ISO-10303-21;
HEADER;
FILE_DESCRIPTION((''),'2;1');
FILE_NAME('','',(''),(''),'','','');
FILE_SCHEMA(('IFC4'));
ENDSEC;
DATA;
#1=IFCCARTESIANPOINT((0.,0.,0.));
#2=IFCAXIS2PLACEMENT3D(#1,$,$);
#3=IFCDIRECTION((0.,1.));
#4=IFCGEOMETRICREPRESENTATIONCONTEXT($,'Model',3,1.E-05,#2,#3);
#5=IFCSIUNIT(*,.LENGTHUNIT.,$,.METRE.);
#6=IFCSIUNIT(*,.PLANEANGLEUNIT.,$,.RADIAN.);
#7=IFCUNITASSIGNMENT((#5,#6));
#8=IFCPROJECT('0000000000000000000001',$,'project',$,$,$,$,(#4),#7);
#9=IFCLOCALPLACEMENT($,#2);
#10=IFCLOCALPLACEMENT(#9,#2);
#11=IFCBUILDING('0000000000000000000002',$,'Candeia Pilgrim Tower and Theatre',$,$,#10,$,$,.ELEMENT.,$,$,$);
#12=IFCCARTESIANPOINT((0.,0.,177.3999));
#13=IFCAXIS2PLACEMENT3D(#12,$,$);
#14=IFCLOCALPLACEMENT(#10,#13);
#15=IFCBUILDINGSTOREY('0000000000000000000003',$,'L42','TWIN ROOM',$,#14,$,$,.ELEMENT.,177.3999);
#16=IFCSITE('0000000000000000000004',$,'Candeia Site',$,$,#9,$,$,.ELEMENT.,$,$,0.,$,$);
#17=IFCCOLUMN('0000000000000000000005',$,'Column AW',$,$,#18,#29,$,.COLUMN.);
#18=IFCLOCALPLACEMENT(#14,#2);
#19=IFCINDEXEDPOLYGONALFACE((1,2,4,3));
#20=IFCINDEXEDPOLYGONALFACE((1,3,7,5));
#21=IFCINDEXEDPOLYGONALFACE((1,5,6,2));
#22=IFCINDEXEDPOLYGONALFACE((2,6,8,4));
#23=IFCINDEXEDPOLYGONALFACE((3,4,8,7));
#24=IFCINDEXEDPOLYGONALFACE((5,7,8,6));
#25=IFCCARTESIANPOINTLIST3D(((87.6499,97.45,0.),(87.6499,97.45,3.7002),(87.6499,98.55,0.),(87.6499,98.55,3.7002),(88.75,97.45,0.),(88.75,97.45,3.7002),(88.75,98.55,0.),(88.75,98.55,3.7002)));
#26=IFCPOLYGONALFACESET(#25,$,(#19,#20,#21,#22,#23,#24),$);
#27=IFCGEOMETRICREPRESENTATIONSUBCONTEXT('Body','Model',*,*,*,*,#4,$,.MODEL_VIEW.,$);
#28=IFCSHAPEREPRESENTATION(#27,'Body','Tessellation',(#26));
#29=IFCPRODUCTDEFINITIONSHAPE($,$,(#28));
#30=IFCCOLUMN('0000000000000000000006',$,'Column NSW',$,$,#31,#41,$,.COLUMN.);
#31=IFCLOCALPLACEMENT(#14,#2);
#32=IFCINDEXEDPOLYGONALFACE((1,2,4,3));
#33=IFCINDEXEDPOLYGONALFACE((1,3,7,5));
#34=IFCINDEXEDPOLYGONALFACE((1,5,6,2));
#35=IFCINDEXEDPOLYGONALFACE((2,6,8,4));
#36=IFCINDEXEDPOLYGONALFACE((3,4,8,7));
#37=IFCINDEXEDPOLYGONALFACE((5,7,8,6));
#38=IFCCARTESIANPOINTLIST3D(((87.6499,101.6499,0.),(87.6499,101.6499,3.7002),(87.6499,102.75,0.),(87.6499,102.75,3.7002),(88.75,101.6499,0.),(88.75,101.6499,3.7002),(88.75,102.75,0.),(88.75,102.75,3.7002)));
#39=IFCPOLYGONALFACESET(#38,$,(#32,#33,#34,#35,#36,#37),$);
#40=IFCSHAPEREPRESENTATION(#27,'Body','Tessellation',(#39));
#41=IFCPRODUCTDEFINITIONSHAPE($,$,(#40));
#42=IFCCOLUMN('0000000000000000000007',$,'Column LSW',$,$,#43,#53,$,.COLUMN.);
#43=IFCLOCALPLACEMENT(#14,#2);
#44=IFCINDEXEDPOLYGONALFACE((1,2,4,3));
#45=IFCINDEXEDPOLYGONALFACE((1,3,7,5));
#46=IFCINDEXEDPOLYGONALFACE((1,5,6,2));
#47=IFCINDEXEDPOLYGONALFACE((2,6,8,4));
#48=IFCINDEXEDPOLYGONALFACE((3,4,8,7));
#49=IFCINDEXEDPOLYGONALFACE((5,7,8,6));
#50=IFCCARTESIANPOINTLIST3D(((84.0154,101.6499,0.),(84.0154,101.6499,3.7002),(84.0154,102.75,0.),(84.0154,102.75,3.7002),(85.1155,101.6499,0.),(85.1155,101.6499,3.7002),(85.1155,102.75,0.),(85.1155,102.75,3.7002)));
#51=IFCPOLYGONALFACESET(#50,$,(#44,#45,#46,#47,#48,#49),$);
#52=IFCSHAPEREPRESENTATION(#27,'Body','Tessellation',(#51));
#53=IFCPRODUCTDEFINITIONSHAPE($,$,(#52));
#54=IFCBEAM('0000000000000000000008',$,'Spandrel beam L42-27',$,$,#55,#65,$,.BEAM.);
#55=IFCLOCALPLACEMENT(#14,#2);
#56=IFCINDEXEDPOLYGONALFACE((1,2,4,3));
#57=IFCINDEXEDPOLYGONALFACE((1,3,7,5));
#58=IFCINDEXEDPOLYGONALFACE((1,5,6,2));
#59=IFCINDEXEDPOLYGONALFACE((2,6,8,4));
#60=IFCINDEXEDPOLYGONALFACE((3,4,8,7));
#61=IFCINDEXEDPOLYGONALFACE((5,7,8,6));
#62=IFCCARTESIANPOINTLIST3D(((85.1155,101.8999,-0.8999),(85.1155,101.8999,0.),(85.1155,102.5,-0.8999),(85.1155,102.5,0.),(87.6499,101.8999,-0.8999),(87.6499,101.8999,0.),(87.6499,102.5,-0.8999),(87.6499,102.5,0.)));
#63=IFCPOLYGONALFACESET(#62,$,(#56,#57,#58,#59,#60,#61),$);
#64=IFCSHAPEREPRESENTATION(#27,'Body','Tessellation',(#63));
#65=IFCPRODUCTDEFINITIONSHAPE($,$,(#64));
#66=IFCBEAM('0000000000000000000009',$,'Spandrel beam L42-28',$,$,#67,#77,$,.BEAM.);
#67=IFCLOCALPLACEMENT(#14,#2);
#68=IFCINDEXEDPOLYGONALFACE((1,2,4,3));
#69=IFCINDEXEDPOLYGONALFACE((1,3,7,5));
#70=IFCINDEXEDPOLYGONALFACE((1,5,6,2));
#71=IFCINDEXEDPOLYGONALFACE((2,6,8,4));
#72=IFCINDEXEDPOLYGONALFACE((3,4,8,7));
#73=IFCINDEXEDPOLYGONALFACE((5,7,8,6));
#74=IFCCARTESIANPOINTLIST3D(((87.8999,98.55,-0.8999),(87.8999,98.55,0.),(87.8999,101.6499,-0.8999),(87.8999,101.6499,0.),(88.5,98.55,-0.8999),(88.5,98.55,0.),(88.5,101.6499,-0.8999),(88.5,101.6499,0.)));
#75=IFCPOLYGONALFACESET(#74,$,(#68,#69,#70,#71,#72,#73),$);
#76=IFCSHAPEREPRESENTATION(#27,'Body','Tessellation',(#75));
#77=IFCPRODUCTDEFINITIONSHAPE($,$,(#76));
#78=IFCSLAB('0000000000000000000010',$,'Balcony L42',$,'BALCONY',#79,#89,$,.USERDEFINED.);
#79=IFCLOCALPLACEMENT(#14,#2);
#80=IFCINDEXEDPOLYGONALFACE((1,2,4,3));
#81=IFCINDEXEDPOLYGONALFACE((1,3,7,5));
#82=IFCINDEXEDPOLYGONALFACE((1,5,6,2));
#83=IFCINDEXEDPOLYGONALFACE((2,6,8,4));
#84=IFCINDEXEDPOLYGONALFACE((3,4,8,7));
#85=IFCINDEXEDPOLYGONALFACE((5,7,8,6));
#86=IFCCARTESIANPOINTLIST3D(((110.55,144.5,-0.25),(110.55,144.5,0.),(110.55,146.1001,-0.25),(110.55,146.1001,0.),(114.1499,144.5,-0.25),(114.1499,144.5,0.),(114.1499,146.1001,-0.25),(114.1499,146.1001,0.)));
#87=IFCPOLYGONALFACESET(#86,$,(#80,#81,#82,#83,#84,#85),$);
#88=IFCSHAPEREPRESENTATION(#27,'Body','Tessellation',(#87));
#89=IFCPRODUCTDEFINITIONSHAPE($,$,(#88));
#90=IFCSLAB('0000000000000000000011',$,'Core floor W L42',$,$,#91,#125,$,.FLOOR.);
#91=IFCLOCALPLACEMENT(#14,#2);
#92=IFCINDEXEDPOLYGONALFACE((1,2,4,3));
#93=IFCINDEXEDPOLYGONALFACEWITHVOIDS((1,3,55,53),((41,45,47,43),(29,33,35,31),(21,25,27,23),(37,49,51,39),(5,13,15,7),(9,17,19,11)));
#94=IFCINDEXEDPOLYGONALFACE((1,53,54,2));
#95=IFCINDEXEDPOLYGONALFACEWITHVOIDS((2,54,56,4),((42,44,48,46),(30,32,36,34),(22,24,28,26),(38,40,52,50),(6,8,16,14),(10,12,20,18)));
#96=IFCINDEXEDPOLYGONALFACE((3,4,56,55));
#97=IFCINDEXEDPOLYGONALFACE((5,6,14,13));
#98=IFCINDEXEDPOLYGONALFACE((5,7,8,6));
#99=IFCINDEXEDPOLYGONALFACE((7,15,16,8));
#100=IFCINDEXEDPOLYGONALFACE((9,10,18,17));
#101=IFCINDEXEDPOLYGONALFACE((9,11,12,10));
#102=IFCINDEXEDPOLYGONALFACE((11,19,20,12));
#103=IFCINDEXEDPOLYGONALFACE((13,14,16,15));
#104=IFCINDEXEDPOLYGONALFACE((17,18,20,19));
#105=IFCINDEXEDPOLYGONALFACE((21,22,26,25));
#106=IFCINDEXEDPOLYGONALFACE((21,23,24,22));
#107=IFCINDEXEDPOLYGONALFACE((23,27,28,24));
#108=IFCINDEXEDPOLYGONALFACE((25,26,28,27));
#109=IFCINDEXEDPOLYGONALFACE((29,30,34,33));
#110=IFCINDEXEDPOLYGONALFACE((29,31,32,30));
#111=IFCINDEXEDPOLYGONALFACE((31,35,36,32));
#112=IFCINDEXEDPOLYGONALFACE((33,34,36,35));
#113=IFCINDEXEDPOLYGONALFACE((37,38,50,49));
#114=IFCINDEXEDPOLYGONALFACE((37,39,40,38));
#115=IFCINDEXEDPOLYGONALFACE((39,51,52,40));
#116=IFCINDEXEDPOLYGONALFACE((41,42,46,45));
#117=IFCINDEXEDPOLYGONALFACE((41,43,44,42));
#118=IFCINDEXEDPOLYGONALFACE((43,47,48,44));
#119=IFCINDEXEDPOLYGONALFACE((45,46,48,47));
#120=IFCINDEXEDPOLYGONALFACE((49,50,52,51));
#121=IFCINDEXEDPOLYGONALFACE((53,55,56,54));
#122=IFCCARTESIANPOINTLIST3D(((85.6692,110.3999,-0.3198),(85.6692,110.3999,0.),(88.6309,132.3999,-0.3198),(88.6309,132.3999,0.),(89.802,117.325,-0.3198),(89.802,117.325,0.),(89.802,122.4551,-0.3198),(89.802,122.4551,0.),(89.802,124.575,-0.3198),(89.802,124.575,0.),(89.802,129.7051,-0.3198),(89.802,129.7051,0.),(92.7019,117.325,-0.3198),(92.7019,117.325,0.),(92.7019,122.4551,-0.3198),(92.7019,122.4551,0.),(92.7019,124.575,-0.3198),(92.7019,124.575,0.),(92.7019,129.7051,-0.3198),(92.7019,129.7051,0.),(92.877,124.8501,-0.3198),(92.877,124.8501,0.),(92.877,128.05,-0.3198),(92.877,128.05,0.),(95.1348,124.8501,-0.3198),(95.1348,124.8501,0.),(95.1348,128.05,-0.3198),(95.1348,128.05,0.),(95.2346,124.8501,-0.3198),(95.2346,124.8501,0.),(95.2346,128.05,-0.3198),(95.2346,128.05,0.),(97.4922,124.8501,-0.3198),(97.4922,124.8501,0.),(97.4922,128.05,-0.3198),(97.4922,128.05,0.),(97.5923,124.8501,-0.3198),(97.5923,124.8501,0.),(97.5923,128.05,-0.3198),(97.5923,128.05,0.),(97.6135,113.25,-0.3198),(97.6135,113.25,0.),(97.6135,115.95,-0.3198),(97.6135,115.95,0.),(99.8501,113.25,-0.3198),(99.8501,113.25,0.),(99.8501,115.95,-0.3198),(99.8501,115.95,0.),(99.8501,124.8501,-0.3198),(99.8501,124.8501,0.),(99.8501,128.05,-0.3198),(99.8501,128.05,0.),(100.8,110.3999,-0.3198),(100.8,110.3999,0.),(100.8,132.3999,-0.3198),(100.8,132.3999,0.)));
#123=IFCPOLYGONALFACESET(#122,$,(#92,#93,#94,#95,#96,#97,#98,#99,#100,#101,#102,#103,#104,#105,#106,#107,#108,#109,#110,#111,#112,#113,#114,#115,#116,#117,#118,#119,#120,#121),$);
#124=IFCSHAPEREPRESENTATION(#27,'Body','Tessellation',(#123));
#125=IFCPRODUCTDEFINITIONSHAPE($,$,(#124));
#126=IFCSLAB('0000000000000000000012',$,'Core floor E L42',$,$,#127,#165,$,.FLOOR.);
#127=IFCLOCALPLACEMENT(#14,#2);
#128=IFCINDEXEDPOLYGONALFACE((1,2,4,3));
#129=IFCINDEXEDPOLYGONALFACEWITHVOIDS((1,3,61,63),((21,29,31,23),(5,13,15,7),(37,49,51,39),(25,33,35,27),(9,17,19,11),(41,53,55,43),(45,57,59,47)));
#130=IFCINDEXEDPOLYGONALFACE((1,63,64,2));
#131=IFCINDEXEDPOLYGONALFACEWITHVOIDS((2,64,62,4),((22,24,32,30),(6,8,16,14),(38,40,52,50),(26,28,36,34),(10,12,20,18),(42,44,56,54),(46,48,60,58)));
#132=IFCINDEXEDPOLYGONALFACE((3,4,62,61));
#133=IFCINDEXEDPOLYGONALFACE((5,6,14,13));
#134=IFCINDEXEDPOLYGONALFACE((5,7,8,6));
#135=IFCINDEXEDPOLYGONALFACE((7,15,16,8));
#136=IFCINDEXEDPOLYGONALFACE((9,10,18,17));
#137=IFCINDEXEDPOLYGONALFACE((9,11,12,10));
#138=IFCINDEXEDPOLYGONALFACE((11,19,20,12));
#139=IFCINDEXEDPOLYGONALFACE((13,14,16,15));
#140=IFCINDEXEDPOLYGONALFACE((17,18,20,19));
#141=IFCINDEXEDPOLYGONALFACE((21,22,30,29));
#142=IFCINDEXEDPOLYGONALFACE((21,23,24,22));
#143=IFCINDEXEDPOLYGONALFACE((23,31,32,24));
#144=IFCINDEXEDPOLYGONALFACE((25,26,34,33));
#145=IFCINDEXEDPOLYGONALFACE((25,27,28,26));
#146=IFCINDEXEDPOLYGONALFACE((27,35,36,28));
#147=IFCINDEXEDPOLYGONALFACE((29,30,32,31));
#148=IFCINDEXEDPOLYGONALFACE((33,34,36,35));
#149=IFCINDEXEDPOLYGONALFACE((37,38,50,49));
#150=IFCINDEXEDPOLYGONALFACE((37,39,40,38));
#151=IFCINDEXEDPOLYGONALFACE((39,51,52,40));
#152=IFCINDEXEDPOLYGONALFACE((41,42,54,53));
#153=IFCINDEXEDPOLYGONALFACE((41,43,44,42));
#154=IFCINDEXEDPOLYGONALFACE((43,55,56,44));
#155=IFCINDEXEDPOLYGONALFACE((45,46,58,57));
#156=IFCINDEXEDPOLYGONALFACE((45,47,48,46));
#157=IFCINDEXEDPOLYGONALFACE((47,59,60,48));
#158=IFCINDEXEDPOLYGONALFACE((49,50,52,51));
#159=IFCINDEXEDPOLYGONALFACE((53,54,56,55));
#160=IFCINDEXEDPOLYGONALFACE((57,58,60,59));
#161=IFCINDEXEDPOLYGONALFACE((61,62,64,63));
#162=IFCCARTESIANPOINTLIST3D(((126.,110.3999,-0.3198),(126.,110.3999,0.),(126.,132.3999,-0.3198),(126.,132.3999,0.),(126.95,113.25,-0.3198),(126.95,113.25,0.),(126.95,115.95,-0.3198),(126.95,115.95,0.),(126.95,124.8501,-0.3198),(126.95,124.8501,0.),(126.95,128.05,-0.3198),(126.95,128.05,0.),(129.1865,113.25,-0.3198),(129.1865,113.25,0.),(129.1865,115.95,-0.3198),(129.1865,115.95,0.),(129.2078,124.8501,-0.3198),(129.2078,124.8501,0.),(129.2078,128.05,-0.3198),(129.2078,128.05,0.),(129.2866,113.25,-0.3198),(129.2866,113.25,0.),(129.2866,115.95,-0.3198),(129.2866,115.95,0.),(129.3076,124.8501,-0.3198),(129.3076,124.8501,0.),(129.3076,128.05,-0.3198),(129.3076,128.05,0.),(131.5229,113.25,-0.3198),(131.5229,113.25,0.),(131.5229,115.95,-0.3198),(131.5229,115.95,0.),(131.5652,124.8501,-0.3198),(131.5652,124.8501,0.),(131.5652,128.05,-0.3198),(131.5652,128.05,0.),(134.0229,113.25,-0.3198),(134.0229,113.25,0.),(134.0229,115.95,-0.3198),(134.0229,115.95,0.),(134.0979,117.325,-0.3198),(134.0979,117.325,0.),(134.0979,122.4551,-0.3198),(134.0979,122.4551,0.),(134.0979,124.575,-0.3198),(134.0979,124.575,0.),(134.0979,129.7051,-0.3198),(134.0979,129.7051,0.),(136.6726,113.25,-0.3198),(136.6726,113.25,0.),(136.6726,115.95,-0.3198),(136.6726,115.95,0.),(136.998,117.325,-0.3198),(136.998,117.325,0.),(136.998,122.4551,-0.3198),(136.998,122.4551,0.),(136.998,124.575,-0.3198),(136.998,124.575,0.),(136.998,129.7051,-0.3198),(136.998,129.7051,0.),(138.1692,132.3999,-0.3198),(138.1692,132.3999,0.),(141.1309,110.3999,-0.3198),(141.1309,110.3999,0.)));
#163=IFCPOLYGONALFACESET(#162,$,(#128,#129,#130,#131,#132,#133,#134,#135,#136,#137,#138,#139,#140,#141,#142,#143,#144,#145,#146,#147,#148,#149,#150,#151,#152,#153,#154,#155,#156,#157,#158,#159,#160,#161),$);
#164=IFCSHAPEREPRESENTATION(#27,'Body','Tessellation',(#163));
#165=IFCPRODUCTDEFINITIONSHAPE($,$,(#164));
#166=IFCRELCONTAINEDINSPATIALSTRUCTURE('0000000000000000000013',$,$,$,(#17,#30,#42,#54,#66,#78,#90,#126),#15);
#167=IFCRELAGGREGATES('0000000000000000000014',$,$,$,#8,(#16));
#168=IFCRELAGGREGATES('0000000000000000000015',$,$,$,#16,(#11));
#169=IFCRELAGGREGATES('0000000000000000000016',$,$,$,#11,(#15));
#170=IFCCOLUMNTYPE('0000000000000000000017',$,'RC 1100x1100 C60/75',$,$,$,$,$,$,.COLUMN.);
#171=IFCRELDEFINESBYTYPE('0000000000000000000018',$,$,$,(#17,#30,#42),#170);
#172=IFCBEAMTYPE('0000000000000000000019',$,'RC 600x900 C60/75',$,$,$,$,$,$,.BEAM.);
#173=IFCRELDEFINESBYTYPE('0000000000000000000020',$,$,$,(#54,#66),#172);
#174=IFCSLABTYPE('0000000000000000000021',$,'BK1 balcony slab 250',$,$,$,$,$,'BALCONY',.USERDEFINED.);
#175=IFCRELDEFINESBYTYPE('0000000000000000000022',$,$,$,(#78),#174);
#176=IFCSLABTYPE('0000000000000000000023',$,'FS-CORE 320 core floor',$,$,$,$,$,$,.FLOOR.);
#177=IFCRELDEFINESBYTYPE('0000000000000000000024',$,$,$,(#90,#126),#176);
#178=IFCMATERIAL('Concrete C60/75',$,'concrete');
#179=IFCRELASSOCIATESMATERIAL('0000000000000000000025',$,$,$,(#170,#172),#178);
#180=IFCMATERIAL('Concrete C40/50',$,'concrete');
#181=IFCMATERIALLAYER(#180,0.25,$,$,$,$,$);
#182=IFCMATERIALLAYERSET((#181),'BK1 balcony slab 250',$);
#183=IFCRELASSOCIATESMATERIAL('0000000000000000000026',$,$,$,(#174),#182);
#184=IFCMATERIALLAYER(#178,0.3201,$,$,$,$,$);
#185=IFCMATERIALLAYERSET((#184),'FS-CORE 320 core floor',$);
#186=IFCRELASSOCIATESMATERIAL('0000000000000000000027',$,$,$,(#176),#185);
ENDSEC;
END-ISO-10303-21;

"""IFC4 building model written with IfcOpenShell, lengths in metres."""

from ifc_helpers import new_model, si_unit, direction, frame, origin, origin_2d, place, context, subcontext, project, spatial, polyline, rectangle, outline, extrude, material, layer, layer_set, material_profile, profile_set, type_object, element, save


model = new_model("IFC4")

# Units and contexts
model_context = context("Model", 3, precision=1e-05, world=origin(), true_north=direction((0.0, 1.0)))
body_context = subcontext(model_context, "Body", "Model", "MODEL_VIEW")
ifc_project = project(units=[si_unit("LENGTHUNIT", "METRE"), si_unit("PLANEANGLEUNIT", "RADIAN")], contexts=[model_context])

# Site, building, storey
site_placement = place(None, origin())
site = spatial("IfcSite", under=ifc_project, at=site_placement, Name="Candeia Site", CompositionType="ELEMENT", RefElevation=0.0)
building_placement = place(site_placement, origin())
building = spatial("IfcBuilding", under=site, at=building_placement, Name="Candeia Pilgrim Tower and Theatre", CompositionType="ELEMENT")
storey_placement = place(building_placement, frame((0.0, 0.0, 177.3999)))
storey = spatial("IfcBuildingStorey", under=building, at=storey_placement, Name="L42", Description="TWIN ROOM", CompositionType="ELEMENT", Elevation=177.3999)

# Columns
ifc_material_1 = material(Name="Concrete C60/75", Category="concrete")
ifc_material_profile_1 = material_profile(ifc_material_1, rectangle(XDim=1.1001, YDim=1.1001, at=origin_2d()))
ifc_profile_set_1 = profile_set([ifc_material_profile_1], Name="Concrete C60/75")
column_type = type_object("IfcColumnType", Name="RC 1100x1100 C60/75", PredefinedType="COLUMN", material=ifc_profile_set_1)
for number, where, z_axis, x_axis, name in (
    (1, (88.2, 98.0, 0.0), (0.0, 0.0, 1.0), (1.0, 0.0, 0.0), "Column AW"),
    (2, (88.2, 102.2, 0.0), (0.0, 0.0, 1.0), (1.0, 0.0, 0.0), "Column NSW"),
    (3, (84.5654, 102.2, 0.0), (0.0, 0.0, 1.0), (1.0, 0.0, 0.0), "Column LSW"),
):
    element("IfcColumn", number, at=place(storey_placement, frame(where, z_axis=z_axis, x_axis=x_axis)), inside=storey, type_object=column_type, Name=name, PredefinedType="COLUMN", context=body_context, shape_type="SweptSolid", body=[
        extrude(rectangle(XDim=1.1001, YDim=1.1001, at=origin_2d()), origin(), (0.0, 0.0, 1.0), 3.7002),
    ])

# Beams
ifc_material_profile_2 = material_profile(ifc_material_1, rectangle(XDim=0.6001, YDim=0.8999, at=origin_2d()))
ifc_profile_set_2 = profile_set([ifc_material_profile_2], Name="Concrete C60/75")
beam_type = type_object("IfcBeamType", Name="RC 600x900 C60/75", PredefinedType="BEAM", material=ifc_profile_set_2)
beam_1_placement = place(storey_placement, frame((85.1155, 102.2, -0.45), z_axis=(1.0, 0.0, 0.0), x_axis=(0.0, 1.0, 0.0)))
element("IfcBeam", 4, at=beam_1_placement, inside=storey, type_object=beam_type, Name="Spandrel beam L42-27", PredefinedType="BEAM", context=body_context, shape_type="SweptSolid", body=[
    extrude(rectangle(XDim=0.6001, YDim=0.8999, at=origin_2d()), origin(), (0.0, 0.0, 1.0), 2.5344),
])
beam_2_placement = place(storey_placement, frame((88.2, 101.6499, -0.45), z_axis=(0.0, -1.0, 0.0), x_axis=(1.0, 0.0, 0.0)))
element("IfcBeam", 5, at=beam_2_placement, inside=storey, type_object=beam_type, Name="Spandrel beam L42-28", PredefinedType="BEAM", context=body_context, shape_type="SweptSolid", body=[
    extrude(rectangle(XDim=0.6001, YDim=0.8999, at=origin_2d()), origin(), (0.0, 0.0, 1.0), 3.0999),
])

# Slabs
ifc_material_2 = material(Name="Concrete C40/50", Category="concrete")
ifc_layer_1 = layer(ifc_material_2, 0.25)
ifc_layer_set_1 = layer_set([ifc_layer_1], Name="BK1 balcony slab 250")
slab_type_1 = type_object("IfcSlabType", Name="BK1 balcony slab 250", ElementType="BALCONY", PredefinedType="USERDEFINED", material=ifc_layer_set_1)
slab_1_placement = place(storey_placement, frame((0.0, 0.0, -0.25)))
element("IfcSlab", 6, at=slab_1_placement, inside=storey, type_object=slab_type_1, Name="Balcony L42", ObjectType="BALCONY", PredefinedType="USERDEFINED", context=body_context, shape_type="SweptSolid", body=[
    extrude(outline(polyline([(110.55, 144.5), (114.1499, 144.5), (114.1499, 146.1001), (110.55, 146.1001), (110.55, 144.5)])), origin(), (0.0, 0.0, 1.0), 0.25),
])
ifc_layer_2 = layer(ifc_material_1, 0.3201)
ifc_layer_set_2 = layer_set([ifc_layer_2], Name="FS-CORE 320 core floor")
slab_type_2 = type_object("IfcSlabType", Name="FS-CORE 320 core floor", PredefinedType="FLOOR", material=ifc_layer_set_2)
slab_2_placement = place(storey_placement, frame((0.0, 0.0, -0.3198)))
element("IfcSlab", 7, at=slab_2_placement, inside=storey, type_object=slab_type_2, Name="Core floor W L42", PredefinedType="FLOOR", context=body_context, shape_type="SweptSolid", body=[
    extrude(outline(polyline([(100.8, 132.3999), (100.8, 110.3999), (85.6692, 110.3999), (88.6309, 132.3999), (100.8, 132.3999)]), holes=[polyline([(97.5923, 128.05), (97.5923, 124.8501), (99.8501, 124.8501), (99.8501, 128.05), (97.5923, 128.05)]), polyline([(97.6135, 113.25), (99.8501, 113.25), (99.8501, 115.95), (97.6135, 115.95), (97.6135, 113.25)]), polyline([(95.2346, 124.8501), (97.4922, 124.8501), (97.4922, 128.05), (95.2346, 128.05), (95.2346, 124.8501)]), polyline([(92.877, 128.05), (92.877, 124.8501), (95.1348, 124.8501), (95.1348, 128.05), (92.877, 128.05)]), polyline([(89.802, 122.4551), (89.802, 117.325), (92.7019, 117.325), (92.7019, 122.4551), (89.802, 122.4551)]), polyline([(89.802, 129.7051), (89.802, 124.575), (92.7019, 124.575), (92.7019, 129.7051), (89.802, 129.7051)])]), origin(), (0.0, 0.0, 1.0), 0.3198),
])
slab_3_placement = place(storey_placement, frame((0.0, 0.0, -0.3198)))
element("IfcSlab", 8, at=slab_3_placement, inside=storey, type_object=slab_type_2, Name="Core floor E L42", PredefinedType="FLOOR", context=body_context, shape_type="SweptSolid", body=[
    extrude(outline(polyline([(138.1692, 132.3999), (141.1309, 110.3999), (126.0, 110.3999), (126.0, 132.3999), (138.1692, 132.3999)]), holes=[polyline([(134.0979, 122.4551), (134.0979, 117.325), (136.998, 117.325), (136.998, 122.4551), (134.0979, 122.4551)]), polyline([(134.0979, 129.7051), (134.0979, 124.575), (136.998, 124.575), (136.998, 129.7051), (134.0979, 129.7051)]), polyline([(136.6726, 115.95), (134.0229, 115.95), (134.0229, 113.25), (136.6726, 113.25), (136.6726, 115.95)]), polyline([(131.5652, 128.05), (129.3076, 128.05), (129.3076, 124.8501), (131.5652, 124.8501), (131.5652, 128.05)]), polyline([(131.5229, 115.95), (129.2866, 115.95), (129.2866, 113.25), (131.5229, 113.25), (131.5229, 115.95)]), polyline([(129.2078, 128.05), (126.95, 128.05), (126.95, 124.8501), (129.2078, 124.8501), (129.2078, 128.05)]), polyline([(126.95, 115.95), (126.95, 113.25), (129.1865, 113.25), (129.1865, 115.95), (126.95, 115.95)])]), origin(), (0.0, 0.0, 1.0), 0.3198),
])

save(model, "model.ifc")
